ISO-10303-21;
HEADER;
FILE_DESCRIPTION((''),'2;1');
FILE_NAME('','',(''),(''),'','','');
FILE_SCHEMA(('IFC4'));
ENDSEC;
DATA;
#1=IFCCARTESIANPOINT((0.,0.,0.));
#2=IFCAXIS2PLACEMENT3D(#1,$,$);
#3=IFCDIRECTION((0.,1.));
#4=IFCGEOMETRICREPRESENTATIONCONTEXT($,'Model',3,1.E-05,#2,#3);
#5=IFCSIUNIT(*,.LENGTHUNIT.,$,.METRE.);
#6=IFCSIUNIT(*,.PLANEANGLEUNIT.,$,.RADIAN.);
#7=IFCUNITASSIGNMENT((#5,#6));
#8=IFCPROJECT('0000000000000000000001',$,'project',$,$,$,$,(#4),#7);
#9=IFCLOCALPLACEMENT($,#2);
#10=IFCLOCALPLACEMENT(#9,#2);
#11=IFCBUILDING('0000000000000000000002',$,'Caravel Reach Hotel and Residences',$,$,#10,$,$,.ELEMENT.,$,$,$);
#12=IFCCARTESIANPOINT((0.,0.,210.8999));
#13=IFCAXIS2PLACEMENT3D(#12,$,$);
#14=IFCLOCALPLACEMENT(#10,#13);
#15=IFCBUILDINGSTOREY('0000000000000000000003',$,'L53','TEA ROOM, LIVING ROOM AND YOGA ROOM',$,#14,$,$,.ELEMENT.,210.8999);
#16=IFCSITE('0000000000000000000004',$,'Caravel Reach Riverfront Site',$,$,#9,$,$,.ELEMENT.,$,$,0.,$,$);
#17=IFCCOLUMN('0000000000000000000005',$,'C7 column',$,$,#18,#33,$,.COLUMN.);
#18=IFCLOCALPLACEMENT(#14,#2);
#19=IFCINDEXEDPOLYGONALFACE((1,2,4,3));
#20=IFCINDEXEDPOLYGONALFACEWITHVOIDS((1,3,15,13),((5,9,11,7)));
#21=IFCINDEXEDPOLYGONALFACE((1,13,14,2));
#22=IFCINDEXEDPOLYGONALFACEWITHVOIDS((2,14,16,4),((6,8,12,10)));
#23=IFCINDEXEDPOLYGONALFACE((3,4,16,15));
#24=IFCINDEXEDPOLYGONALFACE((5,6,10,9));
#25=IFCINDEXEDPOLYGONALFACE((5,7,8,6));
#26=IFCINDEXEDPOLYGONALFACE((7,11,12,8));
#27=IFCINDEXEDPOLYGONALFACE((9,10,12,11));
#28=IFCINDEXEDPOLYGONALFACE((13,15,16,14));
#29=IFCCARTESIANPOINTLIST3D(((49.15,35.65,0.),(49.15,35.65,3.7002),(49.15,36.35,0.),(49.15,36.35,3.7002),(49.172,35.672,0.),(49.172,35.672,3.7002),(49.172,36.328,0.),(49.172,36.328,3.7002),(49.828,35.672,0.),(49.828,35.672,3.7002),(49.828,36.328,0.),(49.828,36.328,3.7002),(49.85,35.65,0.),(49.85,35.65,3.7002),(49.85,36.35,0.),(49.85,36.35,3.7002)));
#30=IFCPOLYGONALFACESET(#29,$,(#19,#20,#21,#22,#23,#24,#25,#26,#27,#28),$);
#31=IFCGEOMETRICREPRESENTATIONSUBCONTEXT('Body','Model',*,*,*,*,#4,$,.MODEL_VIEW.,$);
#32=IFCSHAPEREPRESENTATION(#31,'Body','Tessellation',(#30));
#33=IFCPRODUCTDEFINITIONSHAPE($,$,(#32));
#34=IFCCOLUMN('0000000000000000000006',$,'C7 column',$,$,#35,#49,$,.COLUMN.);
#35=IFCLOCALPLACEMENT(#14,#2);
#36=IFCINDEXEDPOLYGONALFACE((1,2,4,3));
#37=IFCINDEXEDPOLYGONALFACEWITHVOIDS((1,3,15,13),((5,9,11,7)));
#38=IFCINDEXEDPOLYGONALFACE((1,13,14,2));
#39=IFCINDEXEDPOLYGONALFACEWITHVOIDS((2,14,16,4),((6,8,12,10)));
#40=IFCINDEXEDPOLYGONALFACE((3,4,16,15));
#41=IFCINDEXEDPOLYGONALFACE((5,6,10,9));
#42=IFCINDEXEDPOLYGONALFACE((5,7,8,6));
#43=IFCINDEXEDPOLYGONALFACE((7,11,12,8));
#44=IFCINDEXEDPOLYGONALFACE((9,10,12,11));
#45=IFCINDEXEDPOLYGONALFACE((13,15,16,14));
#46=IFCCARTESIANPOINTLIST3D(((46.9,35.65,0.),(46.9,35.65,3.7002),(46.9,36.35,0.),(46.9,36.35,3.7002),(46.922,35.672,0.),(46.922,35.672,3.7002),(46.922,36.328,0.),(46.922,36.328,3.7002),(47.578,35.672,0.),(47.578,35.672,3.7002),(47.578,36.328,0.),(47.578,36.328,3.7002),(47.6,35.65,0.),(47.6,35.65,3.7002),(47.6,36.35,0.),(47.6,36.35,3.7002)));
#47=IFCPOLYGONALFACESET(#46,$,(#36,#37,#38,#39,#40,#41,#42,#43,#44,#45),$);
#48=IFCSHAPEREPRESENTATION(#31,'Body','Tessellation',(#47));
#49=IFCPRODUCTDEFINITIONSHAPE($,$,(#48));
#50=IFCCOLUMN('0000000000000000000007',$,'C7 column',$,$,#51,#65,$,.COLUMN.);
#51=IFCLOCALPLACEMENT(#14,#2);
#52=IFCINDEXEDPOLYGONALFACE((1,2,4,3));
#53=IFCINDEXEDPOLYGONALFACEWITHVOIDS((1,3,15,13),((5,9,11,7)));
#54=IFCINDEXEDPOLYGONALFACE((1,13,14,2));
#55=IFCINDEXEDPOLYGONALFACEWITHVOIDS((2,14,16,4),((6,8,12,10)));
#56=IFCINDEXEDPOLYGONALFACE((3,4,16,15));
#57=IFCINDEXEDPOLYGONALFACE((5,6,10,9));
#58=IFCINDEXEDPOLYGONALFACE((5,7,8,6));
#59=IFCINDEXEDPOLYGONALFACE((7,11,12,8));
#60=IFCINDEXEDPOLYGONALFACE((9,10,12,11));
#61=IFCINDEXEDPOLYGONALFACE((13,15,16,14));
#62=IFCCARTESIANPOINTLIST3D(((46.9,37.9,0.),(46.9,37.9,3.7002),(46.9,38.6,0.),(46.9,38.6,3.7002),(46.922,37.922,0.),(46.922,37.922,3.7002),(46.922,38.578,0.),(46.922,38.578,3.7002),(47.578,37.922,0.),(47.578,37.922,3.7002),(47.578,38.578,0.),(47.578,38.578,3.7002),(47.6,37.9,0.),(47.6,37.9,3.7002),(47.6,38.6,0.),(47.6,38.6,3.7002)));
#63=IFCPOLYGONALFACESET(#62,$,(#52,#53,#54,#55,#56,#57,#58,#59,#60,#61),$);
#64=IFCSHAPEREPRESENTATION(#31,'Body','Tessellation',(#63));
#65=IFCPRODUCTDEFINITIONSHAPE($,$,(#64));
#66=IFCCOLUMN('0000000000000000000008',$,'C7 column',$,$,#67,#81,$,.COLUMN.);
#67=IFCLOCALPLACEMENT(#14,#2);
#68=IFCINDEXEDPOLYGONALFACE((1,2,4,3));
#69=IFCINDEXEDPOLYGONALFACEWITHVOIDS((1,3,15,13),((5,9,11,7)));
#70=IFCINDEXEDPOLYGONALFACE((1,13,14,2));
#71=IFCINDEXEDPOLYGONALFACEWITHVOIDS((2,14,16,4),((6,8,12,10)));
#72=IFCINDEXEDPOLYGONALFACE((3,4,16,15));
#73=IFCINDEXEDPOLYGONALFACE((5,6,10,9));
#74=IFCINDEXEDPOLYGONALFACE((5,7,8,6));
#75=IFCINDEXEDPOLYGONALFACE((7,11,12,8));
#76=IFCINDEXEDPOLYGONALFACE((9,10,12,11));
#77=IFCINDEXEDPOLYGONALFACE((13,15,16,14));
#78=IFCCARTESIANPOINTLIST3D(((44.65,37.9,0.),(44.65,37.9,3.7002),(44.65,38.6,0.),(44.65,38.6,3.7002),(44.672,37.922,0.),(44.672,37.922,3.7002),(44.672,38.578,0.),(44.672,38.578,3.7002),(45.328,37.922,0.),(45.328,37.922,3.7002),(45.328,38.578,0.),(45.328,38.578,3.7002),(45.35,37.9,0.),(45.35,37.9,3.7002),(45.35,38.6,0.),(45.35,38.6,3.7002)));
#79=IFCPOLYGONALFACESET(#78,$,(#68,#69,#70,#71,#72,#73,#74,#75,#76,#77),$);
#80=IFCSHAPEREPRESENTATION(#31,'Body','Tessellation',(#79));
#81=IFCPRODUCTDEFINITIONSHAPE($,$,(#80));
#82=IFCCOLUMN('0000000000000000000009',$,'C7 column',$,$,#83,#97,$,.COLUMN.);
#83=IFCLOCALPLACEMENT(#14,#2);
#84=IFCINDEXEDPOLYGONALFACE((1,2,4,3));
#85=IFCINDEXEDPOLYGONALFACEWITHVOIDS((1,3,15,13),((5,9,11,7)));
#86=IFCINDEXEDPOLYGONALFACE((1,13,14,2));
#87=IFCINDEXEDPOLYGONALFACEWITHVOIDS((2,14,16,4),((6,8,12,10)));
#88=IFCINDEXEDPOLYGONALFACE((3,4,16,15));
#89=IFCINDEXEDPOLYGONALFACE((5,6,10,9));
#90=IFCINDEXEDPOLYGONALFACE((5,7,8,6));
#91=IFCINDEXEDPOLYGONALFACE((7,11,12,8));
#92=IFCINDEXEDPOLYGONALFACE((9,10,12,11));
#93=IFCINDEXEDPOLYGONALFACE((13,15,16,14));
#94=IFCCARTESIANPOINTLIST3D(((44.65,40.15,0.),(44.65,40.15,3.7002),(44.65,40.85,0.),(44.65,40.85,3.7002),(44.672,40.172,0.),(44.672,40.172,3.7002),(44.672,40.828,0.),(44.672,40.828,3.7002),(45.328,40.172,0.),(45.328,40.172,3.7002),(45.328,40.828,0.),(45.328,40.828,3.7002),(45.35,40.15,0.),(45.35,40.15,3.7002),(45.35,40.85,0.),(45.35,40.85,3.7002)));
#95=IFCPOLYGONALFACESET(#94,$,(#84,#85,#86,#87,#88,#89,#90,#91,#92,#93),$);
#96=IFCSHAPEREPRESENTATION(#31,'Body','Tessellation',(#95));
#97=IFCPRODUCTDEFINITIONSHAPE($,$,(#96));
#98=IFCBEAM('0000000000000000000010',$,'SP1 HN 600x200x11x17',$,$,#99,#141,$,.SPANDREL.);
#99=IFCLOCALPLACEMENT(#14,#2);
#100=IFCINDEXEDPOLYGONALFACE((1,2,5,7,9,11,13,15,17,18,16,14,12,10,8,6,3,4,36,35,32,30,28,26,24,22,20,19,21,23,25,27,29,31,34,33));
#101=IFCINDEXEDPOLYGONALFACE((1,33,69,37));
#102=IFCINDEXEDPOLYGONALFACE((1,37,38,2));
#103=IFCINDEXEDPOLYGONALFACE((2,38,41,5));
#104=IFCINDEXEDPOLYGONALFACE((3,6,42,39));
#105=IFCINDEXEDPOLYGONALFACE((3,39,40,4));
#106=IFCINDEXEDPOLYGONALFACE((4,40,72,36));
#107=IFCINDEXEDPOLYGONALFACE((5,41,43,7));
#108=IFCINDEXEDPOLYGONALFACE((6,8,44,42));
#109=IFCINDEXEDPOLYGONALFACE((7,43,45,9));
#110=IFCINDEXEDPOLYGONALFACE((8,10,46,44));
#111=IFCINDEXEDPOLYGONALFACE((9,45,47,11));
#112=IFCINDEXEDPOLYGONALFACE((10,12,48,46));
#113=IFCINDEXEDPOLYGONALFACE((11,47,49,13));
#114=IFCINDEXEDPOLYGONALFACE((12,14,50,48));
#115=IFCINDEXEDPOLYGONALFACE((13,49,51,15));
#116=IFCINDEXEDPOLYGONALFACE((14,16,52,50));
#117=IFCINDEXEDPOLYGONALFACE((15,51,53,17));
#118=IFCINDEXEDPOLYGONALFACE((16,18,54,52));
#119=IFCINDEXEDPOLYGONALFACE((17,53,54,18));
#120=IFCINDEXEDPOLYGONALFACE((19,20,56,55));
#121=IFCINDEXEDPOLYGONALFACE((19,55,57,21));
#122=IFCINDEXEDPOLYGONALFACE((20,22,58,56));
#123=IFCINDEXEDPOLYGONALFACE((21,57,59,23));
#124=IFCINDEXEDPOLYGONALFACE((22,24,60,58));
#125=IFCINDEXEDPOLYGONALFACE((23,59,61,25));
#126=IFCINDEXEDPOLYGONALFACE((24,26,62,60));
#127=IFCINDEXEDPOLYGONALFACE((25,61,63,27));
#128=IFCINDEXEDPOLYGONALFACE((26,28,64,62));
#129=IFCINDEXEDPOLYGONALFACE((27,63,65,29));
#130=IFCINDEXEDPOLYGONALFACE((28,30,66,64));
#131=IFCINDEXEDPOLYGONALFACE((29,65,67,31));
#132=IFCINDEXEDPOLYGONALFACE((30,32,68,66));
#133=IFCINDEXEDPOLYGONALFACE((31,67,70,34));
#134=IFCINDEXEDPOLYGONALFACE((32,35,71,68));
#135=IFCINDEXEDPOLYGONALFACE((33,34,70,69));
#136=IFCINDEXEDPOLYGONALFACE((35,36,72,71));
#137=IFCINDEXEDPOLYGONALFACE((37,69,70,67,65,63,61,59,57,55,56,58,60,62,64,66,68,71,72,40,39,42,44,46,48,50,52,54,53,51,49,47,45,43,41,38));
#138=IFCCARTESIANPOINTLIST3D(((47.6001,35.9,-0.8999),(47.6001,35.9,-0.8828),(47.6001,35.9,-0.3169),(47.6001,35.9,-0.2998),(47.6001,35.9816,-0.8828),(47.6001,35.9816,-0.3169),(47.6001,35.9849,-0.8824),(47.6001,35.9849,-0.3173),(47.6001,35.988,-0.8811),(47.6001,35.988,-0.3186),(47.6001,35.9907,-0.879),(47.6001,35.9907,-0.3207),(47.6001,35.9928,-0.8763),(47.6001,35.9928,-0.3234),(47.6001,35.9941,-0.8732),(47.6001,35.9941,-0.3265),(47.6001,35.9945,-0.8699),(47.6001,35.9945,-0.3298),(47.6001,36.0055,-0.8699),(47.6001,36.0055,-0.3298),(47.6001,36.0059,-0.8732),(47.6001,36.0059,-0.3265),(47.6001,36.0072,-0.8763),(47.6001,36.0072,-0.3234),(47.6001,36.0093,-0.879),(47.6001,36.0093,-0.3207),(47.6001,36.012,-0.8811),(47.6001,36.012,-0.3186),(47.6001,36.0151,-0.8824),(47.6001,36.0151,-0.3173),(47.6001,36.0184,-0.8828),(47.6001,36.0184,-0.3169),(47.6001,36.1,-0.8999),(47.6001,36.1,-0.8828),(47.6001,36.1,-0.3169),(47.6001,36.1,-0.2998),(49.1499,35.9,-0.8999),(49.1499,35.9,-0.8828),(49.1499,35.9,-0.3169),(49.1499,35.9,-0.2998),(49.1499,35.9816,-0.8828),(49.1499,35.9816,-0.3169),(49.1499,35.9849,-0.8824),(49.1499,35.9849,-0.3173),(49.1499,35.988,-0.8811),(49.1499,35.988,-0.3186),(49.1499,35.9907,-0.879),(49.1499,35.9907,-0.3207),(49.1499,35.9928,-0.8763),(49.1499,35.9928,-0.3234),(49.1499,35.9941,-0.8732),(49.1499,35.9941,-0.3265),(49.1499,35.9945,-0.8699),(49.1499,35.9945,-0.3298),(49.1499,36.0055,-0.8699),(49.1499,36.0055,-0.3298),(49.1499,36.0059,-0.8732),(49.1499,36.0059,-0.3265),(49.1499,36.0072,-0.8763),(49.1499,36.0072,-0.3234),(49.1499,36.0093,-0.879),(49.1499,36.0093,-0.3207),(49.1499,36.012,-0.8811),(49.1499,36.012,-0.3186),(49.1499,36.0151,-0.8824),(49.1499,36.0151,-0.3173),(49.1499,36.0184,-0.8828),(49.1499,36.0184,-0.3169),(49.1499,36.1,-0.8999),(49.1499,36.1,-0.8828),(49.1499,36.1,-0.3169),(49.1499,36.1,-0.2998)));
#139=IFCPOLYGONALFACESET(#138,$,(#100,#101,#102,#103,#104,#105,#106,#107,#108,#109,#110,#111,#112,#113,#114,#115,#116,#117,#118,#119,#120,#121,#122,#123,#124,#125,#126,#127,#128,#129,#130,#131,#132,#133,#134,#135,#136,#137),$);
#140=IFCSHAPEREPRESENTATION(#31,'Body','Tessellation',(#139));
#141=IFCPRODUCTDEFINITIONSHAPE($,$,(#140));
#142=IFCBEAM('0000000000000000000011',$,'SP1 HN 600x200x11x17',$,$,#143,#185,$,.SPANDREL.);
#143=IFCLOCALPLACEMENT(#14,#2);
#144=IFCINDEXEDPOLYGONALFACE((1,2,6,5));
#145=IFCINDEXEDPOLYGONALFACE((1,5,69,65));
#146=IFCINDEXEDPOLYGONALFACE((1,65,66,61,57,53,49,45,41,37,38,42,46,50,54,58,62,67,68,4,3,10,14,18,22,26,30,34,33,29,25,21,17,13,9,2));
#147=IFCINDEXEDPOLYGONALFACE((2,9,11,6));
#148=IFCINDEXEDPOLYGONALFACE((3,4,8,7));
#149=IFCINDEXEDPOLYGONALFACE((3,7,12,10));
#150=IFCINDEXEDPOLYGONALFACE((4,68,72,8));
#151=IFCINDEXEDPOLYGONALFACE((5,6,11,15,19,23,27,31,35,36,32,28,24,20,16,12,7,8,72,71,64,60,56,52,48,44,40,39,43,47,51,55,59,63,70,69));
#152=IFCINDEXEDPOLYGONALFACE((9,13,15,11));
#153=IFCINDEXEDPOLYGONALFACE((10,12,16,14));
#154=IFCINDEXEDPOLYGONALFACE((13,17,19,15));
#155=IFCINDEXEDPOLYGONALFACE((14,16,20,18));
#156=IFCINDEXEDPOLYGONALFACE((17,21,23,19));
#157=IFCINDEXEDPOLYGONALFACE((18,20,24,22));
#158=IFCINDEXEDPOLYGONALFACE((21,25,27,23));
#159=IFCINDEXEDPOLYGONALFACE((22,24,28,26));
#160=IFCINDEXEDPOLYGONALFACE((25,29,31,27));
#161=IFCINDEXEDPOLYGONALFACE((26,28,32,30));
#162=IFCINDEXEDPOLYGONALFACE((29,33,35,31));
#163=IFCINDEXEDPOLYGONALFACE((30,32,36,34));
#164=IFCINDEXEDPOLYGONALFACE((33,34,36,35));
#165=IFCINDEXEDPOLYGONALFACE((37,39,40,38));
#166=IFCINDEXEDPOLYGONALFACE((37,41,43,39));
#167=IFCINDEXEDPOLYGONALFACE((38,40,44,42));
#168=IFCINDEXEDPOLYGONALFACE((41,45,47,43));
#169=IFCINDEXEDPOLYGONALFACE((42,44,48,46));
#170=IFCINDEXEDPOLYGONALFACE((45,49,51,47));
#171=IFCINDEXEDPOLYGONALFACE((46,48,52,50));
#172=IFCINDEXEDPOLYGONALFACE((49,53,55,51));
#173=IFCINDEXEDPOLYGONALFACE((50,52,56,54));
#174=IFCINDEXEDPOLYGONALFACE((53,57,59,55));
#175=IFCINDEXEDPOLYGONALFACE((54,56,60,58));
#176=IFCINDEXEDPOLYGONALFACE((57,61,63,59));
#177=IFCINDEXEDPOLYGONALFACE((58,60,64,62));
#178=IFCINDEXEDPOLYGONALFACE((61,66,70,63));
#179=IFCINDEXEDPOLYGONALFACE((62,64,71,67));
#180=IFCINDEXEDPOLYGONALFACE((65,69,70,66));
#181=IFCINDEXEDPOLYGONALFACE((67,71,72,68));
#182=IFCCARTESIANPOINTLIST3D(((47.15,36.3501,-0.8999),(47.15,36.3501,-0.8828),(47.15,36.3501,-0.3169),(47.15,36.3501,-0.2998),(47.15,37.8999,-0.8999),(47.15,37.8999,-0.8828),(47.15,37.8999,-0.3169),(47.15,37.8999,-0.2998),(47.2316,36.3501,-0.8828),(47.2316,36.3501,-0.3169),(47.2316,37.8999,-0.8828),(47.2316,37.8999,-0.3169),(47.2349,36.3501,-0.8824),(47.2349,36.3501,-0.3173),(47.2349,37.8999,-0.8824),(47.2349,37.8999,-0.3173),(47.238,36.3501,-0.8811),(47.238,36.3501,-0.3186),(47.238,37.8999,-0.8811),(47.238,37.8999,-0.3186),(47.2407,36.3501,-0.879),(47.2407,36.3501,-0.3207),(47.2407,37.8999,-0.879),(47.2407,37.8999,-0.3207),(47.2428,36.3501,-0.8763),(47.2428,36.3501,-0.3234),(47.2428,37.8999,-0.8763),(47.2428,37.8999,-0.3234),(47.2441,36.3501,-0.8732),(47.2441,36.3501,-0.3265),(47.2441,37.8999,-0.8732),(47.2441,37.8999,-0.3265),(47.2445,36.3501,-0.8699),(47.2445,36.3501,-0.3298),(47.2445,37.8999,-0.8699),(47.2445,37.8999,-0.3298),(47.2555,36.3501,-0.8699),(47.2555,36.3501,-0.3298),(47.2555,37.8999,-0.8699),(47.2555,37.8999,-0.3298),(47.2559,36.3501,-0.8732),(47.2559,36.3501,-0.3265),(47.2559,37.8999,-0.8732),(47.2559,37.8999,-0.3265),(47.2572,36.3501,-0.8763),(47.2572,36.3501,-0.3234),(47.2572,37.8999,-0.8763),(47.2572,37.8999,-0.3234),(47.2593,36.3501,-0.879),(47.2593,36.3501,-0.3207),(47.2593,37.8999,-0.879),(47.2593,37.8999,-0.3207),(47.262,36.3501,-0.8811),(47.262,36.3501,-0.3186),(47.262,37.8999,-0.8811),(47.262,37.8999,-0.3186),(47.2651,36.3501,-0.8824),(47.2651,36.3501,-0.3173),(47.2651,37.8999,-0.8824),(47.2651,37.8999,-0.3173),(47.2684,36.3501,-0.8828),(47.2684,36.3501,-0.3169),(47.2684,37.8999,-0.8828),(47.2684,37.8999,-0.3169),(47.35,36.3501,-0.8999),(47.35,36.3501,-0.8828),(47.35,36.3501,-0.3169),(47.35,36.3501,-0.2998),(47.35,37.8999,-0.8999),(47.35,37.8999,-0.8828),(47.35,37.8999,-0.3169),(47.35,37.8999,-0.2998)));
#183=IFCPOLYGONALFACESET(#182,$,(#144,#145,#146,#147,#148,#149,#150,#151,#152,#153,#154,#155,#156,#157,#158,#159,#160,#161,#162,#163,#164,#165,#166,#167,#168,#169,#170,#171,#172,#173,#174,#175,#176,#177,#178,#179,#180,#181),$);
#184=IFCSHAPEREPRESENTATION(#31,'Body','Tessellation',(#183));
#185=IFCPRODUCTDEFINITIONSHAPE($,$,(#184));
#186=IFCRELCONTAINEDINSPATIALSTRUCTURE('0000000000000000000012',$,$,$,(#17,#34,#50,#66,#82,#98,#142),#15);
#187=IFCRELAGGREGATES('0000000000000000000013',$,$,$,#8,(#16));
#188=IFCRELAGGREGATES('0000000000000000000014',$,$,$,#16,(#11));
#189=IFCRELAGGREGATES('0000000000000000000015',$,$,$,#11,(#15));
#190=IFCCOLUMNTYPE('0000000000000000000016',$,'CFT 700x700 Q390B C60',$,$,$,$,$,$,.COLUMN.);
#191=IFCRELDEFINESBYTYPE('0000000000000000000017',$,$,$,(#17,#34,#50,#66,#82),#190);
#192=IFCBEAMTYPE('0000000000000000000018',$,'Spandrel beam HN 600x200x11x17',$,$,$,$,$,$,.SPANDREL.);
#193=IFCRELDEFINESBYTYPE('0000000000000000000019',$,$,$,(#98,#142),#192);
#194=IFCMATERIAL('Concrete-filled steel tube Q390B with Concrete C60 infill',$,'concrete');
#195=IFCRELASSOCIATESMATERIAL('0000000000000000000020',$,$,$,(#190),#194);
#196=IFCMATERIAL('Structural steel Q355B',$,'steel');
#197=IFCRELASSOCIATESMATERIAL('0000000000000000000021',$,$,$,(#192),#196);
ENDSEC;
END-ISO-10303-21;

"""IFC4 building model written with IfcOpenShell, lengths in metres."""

from ifc_helpers import new_model, si_unit, direction, frame, origin, origin_2d, place, context, subcontext, project, spatial, hollow_rectangle, i_section, extrude, material, material_profile, profile_set, type_object, element, save


model = new_model("IFC4")

# Units and contexts
model_context = context("Model", 3, precision=1e-05, world=origin(), true_north=direction((0.0, 1.0)))
body_context = subcontext(model_context, "Body", "Model", "MODEL_VIEW")
ifc_project = project(units=[si_unit("LENGTHUNIT", "METRE"), si_unit("PLANEANGLEUNIT", "RADIAN")], contexts=[model_context])

# Site, building, storey
site_placement = place(None, origin())
site = spatial("IfcSite", under=ifc_project, at=site_placement, Name="Caravel Reach Riverfront Site", CompositionType="ELEMENT", RefElevation=0.0)
building_placement = place(site_placement, origin())
building = spatial("IfcBuilding", under=site, at=building_placement, Name="Caravel Reach Hotel and Residences", CompositionType="ELEMENT")
storey_placement = place(building_placement, frame((0.0, 0.0, 210.8999)))
storey = spatial("IfcBuildingStorey", under=building, at=storey_placement, Name="L53", Description="TEA ROOM, LIVING ROOM AND YOGA ROOM", CompositionType="ELEMENT", Elevation=210.8999)

# Columns
ifc_material_1 = material(Name="Concrete-filled steel tube Q390B with Concrete C60 infill", Category="concrete")
ifc_material_profile_1 = material_profile(ifc_material_1, hollow_rectangle(XDim=0.7, YDim=0.7, WallThickness=0.022, at=origin_2d()), Name="RHS 700x700x22")
ifc_profile_set_1 = profile_set([ifc_material_profile_1], Name="Concrete-filled steel tube Q390B with Concrete C60 infill")
column_type = type_object("IfcColumnType", Name="CFT 700x700 Q390B C60", PredefinedType="COLUMN", material=ifc_profile_set_1)
for number, where, z_axis, x_axis, name in (
    (1, (49.5, 36.0, 0.0), (0.0, 0.0, 1.0), (1.0, 0.0, 0.0), "C7 column"),
    (2, (47.25, 36.0, 0.0), (0.0, 0.0, 1.0), (1.0, 0.0, 0.0), "C7 column"),
    (3, (47.25, 38.25, 0.0), (0.0, 0.0, 1.0), (1.0, 0.0, 0.0), "C7 column"),
    (4, (45.0, 38.25, 0.0), (0.0, 0.0, 1.0), (1.0, 0.0, 0.0), "C7 column"),
    (5, (45.0, 40.5, 0.0), (0.0, 0.0, 1.0), (1.0, 0.0, 0.0), "C7 column"),
):
    element("IfcColumn", number, at=place(storey_placement, frame(where, z_axis=z_axis, x_axis=x_axis)), inside=storey, type_object=column_type, Name=name, PredefinedType="COLUMN", context=body_context, shape_type="SweptSolid", body=[
        extrude(hollow_rectangle(XDim=0.7, YDim=0.7, WallThickness=0.022, at=origin_2d()), origin(), (0.0, 0.0, 1.0), 3.7002),
    ])

# Beams
ifc_material_2 = material(Name="Structural steel Q355B", Category="steel")
ifc_material_profile_2 = material_profile(ifc_material_2, i_section(OverallWidth=0.2, OverallDepth=0.6001, WebThickness=0.011, FlangeThickness=0.0171, FilletRadius=0.0129, at=origin_2d()), Name="HN 600x200x11x17")
ifc_profile_set_2 = profile_set([ifc_material_profile_2], Name="Structural steel Q355B")
beam_type = type_object("IfcBeamType", Name="Spandrel beam HN 600x200x11x17", PredefinedType="SPANDREL", material=ifc_profile_set_2)
for number, where, z_axis, x_axis, name in (
    (6, (49.1499, 36.0, -0.5999), (-1.0, 0.0, 0.0), (0.0, -1.0, 0.0), "SP1 HN 600x200x11x17"),
    (7, (47.25, 36.3501, -0.5999), (0.0, 1.0, 0.0), (-1.0, 0.0, 0.0), "SP1 HN 600x200x11x17"),
):
    element("IfcBeam", number, at=place(storey_placement, frame(where, z_axis=z_axis, x_axis=x_axis)), inside=storey, type_object=beam_type, Name=name, PredefinedType="SPANDREL", context=body_context, shape_type="SweptSolid", body=[
        extrude(i_section(OverallWidth=0.2, OverallDepth=0.6001, WebThickness=0.011, FlangeThickness=0.0171, FilletRadius=0.0129, at=origin_2d()), origin(), (0.0, 0.0, 1.0), 1.5498),
    ])

save(model, "model.ifc")
